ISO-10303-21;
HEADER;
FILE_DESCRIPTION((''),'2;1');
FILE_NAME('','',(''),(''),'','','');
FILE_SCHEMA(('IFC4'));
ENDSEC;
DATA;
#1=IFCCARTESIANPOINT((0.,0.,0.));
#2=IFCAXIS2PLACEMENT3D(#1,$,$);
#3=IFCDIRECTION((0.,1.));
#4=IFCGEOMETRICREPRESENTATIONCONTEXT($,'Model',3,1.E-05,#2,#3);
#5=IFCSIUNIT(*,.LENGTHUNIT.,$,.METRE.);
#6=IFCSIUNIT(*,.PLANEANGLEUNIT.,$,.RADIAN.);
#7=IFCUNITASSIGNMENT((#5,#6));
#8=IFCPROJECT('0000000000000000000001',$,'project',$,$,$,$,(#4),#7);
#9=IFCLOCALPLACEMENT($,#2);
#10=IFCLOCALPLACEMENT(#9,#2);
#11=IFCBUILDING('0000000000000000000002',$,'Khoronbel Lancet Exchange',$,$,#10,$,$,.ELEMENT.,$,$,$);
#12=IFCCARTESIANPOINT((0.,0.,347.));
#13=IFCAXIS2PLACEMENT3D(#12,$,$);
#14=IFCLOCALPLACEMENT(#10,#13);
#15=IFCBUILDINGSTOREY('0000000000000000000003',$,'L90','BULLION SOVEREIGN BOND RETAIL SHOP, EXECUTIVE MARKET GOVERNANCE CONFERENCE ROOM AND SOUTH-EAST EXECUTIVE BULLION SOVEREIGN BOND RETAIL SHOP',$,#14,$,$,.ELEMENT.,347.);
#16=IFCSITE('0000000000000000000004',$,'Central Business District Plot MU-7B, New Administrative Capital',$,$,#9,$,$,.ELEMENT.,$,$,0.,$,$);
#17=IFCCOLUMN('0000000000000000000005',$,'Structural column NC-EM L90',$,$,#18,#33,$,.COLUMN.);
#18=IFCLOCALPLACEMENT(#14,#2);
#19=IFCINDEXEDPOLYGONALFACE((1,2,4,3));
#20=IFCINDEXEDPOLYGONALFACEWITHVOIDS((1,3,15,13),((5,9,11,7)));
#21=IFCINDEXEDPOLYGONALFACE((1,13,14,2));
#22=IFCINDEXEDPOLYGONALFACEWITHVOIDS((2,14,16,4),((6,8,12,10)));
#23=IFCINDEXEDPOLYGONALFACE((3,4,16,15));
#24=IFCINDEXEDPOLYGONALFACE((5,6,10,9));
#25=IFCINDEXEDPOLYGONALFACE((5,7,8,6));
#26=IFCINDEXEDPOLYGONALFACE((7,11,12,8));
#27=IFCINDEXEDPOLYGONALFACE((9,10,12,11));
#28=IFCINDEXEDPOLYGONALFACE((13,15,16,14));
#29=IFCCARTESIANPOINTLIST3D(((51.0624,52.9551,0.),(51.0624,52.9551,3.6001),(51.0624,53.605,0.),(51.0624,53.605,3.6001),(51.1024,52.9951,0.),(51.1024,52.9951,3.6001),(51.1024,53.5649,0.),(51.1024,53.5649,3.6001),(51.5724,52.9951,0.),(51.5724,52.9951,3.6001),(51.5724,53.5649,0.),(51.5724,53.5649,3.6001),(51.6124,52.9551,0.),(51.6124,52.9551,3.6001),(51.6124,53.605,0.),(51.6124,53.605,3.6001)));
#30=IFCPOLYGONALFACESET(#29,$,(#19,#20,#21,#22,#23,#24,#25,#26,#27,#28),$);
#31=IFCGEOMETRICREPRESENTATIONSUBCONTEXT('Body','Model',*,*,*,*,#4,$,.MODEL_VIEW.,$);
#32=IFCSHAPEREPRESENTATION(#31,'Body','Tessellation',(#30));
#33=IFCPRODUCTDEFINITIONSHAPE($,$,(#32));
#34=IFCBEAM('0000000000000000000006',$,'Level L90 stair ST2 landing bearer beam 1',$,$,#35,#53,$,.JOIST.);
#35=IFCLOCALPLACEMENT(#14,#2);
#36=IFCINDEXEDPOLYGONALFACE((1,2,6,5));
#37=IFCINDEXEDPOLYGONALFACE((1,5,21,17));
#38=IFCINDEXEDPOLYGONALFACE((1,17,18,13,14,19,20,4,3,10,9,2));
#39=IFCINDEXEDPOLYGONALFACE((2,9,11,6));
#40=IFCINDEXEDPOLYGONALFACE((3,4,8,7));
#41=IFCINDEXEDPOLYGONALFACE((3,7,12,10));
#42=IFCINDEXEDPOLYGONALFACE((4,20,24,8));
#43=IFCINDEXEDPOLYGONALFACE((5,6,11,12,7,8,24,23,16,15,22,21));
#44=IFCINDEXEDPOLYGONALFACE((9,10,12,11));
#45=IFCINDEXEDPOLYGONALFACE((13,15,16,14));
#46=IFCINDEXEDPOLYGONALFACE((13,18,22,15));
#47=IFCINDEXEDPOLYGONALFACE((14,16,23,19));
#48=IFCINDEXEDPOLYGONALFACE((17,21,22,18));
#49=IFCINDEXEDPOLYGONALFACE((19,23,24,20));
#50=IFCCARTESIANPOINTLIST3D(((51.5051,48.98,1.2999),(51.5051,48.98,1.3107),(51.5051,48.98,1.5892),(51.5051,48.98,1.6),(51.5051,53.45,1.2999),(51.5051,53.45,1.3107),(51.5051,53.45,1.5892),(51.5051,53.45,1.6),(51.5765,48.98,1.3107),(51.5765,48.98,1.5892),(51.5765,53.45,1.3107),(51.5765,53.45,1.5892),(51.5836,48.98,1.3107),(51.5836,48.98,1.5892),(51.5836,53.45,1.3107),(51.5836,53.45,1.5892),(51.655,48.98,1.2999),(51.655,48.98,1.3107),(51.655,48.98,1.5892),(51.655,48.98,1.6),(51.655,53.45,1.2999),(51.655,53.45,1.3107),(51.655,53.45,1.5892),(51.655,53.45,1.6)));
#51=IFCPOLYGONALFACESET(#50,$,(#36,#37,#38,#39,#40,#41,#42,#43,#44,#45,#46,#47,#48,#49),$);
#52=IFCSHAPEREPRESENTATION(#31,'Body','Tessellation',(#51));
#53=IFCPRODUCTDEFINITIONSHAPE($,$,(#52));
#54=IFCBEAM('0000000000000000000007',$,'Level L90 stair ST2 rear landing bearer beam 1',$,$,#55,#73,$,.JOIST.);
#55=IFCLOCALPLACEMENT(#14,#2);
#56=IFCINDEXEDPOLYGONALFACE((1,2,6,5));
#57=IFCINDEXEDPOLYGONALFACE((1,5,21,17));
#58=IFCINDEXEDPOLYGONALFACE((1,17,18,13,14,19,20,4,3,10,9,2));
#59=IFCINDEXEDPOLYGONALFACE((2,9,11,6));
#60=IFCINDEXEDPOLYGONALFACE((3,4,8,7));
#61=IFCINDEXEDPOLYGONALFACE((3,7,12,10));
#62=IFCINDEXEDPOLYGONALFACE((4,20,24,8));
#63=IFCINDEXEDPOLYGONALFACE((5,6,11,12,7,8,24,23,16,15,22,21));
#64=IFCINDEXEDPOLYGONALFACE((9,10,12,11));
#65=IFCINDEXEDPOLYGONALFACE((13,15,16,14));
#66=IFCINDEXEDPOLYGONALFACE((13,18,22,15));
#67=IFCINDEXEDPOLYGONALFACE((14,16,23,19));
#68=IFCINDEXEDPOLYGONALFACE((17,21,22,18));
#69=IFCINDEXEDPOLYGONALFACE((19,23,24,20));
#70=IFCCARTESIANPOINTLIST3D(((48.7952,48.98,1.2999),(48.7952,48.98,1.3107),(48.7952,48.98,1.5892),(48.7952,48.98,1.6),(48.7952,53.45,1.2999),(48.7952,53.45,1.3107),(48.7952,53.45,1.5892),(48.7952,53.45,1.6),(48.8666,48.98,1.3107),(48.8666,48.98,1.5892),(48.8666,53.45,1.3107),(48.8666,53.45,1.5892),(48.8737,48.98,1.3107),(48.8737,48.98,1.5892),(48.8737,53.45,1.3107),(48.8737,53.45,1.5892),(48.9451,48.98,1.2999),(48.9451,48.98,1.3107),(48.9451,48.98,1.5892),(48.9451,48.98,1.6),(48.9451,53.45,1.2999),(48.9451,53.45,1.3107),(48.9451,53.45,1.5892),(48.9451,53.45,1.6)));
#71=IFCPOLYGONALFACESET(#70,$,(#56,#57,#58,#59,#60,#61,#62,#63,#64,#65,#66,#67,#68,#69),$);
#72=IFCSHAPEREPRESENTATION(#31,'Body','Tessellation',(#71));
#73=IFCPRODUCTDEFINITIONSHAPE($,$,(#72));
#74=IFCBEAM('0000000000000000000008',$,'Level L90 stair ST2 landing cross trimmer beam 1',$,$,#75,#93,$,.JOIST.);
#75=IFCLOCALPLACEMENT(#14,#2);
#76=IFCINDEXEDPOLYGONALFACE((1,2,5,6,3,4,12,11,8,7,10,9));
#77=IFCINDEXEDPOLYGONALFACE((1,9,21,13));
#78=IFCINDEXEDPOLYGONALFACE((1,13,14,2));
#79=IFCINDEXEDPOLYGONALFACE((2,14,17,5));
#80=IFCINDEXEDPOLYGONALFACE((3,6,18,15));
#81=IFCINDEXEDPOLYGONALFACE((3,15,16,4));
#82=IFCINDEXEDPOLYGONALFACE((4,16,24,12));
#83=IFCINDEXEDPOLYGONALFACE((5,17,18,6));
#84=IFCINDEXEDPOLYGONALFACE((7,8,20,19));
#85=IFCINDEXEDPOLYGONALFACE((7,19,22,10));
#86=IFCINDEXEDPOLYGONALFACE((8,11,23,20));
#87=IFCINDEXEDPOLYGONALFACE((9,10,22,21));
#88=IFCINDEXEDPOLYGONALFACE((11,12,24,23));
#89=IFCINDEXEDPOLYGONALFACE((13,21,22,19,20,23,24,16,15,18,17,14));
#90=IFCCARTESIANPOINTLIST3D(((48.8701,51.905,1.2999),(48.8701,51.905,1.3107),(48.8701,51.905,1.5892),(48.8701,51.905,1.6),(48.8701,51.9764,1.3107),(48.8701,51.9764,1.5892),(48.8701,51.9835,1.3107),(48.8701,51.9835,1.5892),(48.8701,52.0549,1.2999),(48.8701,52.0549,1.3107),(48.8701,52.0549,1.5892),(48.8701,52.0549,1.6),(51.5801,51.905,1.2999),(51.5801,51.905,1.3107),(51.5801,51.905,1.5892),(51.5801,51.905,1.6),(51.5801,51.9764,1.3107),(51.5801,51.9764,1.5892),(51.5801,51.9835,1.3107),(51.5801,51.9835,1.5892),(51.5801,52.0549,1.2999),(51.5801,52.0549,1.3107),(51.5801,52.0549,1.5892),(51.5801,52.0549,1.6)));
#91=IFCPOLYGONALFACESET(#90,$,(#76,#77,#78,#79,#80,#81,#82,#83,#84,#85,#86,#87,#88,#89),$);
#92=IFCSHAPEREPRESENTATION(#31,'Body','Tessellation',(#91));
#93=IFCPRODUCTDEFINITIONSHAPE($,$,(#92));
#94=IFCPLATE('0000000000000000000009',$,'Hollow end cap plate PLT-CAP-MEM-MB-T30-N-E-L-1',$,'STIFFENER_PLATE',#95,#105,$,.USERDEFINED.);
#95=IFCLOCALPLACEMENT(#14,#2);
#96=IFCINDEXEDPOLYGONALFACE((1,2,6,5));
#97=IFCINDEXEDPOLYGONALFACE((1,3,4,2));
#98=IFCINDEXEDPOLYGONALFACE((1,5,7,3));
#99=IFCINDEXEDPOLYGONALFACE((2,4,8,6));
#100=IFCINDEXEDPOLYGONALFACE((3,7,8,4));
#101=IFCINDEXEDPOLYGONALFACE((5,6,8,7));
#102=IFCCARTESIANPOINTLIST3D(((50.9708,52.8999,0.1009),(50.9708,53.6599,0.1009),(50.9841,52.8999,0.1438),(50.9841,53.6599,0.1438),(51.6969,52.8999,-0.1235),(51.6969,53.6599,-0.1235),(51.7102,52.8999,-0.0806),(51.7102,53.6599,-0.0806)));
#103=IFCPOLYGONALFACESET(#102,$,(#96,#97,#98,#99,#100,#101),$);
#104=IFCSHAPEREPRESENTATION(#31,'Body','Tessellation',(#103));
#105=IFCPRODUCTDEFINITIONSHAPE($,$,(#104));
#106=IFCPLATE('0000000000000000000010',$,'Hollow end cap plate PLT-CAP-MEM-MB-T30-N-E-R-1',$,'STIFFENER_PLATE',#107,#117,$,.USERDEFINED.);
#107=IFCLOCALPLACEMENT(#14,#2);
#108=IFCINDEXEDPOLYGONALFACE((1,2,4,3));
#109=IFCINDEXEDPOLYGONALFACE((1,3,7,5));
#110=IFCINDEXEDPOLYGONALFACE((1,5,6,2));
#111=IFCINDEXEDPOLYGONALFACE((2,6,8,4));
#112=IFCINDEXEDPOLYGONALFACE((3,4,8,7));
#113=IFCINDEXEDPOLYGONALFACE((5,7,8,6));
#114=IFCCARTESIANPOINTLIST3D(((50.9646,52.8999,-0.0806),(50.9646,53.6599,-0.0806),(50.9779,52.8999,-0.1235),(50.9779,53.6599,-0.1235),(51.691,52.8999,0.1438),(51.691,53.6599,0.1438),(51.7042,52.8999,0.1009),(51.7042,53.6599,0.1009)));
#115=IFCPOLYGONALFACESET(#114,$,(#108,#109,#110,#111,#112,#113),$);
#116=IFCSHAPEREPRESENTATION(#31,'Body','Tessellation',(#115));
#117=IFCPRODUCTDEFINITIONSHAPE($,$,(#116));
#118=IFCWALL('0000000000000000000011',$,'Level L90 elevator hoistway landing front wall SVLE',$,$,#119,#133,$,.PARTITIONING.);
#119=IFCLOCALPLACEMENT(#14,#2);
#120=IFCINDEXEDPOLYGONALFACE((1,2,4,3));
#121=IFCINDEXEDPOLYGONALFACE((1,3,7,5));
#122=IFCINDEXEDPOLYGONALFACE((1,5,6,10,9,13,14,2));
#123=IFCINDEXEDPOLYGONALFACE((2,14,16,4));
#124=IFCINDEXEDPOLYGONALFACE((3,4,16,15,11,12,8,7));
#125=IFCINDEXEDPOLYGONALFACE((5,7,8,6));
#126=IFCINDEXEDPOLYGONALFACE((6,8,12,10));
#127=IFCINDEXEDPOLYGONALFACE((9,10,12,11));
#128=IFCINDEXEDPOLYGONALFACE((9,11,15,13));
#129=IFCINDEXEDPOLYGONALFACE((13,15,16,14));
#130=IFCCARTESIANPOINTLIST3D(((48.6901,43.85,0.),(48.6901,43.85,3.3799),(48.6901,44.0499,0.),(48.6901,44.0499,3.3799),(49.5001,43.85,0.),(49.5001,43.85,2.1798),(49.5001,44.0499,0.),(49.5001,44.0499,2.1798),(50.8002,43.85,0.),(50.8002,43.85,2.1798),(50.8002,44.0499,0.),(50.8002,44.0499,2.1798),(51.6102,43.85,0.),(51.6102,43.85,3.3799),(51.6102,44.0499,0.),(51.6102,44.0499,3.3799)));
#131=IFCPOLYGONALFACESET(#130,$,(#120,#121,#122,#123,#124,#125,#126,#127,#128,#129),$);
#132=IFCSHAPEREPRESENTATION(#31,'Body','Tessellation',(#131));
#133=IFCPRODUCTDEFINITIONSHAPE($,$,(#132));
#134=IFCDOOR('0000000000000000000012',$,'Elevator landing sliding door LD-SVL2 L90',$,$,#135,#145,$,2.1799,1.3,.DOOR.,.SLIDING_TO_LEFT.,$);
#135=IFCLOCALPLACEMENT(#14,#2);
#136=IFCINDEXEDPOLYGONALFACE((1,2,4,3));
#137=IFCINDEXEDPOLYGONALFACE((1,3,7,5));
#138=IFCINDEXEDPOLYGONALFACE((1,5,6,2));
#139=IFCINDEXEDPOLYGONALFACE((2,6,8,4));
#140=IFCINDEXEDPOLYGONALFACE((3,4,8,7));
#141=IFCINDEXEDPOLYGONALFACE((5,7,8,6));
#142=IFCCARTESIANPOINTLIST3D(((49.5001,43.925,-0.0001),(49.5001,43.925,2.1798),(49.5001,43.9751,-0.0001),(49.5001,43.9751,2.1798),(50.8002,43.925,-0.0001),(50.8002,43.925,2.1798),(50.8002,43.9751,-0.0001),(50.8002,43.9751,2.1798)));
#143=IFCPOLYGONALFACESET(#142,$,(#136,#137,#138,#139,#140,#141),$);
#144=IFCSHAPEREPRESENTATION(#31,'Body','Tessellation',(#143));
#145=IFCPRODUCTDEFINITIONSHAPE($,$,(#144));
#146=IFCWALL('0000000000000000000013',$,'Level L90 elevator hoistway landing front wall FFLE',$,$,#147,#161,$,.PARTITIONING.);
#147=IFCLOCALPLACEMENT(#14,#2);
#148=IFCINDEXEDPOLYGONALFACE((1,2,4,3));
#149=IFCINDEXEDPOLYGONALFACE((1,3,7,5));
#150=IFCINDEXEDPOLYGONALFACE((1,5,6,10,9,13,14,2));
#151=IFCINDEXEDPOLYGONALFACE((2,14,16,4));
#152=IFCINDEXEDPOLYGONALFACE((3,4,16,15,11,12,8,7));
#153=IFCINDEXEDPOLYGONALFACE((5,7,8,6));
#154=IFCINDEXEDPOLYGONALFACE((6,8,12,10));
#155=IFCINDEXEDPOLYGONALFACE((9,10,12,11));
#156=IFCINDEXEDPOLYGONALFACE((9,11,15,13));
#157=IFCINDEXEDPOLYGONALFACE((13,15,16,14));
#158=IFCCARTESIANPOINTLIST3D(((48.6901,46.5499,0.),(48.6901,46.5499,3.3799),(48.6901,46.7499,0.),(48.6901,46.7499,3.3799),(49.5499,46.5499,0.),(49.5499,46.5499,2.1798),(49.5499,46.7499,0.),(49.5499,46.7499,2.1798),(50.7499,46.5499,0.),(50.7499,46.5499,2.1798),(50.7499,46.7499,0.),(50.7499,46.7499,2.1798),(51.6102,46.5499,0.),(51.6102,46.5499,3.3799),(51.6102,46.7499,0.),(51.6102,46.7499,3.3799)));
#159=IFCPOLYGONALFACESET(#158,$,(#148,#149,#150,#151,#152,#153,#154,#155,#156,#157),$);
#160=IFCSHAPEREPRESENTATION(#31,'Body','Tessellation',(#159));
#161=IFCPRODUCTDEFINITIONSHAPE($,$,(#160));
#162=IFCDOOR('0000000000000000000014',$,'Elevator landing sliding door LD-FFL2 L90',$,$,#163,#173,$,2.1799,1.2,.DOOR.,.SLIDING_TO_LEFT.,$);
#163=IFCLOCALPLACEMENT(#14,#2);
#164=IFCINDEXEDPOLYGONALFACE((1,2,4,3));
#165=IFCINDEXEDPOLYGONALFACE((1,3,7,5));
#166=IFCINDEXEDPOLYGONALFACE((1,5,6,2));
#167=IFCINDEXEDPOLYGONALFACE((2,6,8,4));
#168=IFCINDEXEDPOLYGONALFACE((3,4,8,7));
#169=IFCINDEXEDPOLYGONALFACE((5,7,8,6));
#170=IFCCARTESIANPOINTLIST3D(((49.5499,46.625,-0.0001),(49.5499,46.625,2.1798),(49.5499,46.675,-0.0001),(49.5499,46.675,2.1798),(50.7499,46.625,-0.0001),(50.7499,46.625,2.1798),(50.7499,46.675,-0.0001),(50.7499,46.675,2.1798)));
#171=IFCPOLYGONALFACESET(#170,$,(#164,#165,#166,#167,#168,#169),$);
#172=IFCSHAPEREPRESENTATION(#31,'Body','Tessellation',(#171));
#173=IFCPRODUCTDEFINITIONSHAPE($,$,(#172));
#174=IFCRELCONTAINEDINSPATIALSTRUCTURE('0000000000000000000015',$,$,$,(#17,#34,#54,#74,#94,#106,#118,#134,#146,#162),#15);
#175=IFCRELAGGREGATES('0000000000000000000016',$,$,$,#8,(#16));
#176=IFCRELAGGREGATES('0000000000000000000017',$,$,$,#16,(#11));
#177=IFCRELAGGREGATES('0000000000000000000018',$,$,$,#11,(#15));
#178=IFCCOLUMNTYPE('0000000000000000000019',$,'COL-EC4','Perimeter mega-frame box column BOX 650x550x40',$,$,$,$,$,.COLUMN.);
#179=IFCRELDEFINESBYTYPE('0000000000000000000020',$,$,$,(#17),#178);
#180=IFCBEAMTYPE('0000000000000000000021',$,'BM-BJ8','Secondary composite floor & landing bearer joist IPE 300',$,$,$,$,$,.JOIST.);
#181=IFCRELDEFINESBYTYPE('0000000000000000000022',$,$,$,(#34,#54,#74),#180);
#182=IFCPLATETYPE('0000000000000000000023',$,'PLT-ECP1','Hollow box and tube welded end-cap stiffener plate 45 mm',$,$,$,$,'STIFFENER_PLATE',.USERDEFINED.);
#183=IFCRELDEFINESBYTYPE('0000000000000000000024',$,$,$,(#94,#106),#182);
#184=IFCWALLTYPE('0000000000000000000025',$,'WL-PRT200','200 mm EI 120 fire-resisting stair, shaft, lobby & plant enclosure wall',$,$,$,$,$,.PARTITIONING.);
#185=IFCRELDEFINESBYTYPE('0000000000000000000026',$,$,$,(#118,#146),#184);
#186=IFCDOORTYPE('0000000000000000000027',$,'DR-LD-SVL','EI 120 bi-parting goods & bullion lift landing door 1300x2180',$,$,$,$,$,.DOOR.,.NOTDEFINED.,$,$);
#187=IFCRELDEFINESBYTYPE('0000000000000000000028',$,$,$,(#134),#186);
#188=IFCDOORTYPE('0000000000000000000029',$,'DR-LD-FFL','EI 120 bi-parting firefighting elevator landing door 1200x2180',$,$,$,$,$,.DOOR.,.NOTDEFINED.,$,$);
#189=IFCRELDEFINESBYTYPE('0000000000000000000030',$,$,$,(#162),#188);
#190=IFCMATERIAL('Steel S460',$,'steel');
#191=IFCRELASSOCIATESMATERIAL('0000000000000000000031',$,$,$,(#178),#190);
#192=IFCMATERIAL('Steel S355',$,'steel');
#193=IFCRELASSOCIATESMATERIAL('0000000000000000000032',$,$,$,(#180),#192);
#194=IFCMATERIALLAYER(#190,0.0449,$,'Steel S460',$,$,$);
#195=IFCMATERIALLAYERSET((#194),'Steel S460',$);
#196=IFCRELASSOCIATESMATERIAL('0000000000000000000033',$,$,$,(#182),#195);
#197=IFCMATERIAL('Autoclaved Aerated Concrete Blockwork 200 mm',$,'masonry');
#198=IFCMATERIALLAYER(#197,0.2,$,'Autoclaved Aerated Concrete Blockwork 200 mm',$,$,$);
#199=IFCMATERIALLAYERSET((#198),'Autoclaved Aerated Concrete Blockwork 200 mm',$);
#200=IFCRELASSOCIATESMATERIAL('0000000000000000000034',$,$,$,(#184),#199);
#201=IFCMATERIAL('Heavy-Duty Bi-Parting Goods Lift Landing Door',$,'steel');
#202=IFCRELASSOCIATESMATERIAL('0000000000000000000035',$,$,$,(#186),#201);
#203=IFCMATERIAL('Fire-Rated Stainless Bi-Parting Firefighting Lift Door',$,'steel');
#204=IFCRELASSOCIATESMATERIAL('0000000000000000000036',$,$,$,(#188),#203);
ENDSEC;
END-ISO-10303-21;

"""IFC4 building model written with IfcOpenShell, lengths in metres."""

from ifc_helpers import new_model, si_unit, direction, frame, frame_2d, origin, origin_2d, place, context, subcontext, project, spatial, polyline, rectangle, hollow_rectangle, i_section, outline, extrude, material, layer, layer_set, material_profile, profile_set, type_object, element, fill, save


model = new_model("IFC4")

# Units and contexts
model_context = context("Model", 3, precision=1e-05, world=origin(), true_north=direction((0.0, 1.0)))
body_context = subcontext(model_context, "Body", "Model", "MODEL_VIEW")
ifc_project = project(units=[si_unit("LENGTHUNIT", "METRE"), si_unit("PLANEANGLEUNIT", "RADIAN")], contexts=[model_context])

# Site, building, storey
site_placement = place(None, origin())
site = spatial("IfcSite", under=ifc_project, at=site_placement, Name="Central Business District Plot MU-7B, New Administrative Capital", CompositionType="ELEMENT", RefElevation=0.0)
building_placement = place(site_placement, origin())
building = spatial("IfcBuilding", under=site, at=building_placement, Name="Khoronbel Lancet Exchange", CompositionType="ELEMENT")
storey_placement = place(building_placement, frame((0.0, 0.0, 347.0)))
storey = spatial("IfcBuildingStorey", under=building, at=storey_placement, Name="L90", Description="BULLION SOVEREIGN BOND RETAIL SHOP, EXECUTIVE MARKET GOVERNANCE CONFERENCE ROOM AND SOUTH-EAST EXECUTIVE BULLION SOVEREIGN BOND RETAIL SHOP", CompositionType="ELEMENT", Elevation=347.0)

# Column
ifc_material_1 = material(Name="Steel S460", Category="steel")
ifc_material_profile_1 = material_profile(ifc_material_1, hollow_rectangle(XDim=0.55, YDim=0.6499, WallThickness=0.04, at=origin_2d()), Name="BOX 650x550x40")
ifc_profile_set_1 = profile_set([ifc_material_profile_1], Name="Steel S460")
column_type = type_object("IfcColumnType", Name="COL-EC4", Description="Perimeter mega-frame box column BOX 650x550x40", PredefinedType="COLUMN", material=ifc_profile_set_1)
column_placement = place(storey_placement, frame((51.3374, 53.28, 0.0), z_axis=(0.0, 0.0, 1.0), x_axis=(1.0, 0.0, 0.0)))
element("IfcColumn", 1, at=column_placement, inside=storey, type_object=column_type, Name="Structural column NC-EM L90", PredefinedType="COLUMN", context=body_context, shape_type="SweptSolid", body=[
    extrude(hollow_rectangle(XDim=0.55, YDim=0.6499, WallThickness=0.04, at=origin_2d()), origin(), (0.0, 0.0, 1.0), 3.6001),
])

# Beams
ifc_material_2 = material(Name="Steel S355", Category="steel")
ifc_material_profile_2 = material_profile(ifc_material_2, i_section(OverallWidth=0.1499, OverallDepth=0.3, WebThickness=0.0071, FlangeThickness=0.0107, at=origin_2d()), Name="IPE 300")
ifc_profile_set_2 = profile_set([ifc_material_profile_2], Name="Steel S355")
beam_type = type_object("IfcBeamType", Name="BM-BJ8", Description="Secondary composite floor & landing bearer joist IPE 300", PredefinedType="JOIST", material=ifc_profile_set_2)
for number, where, z_axis, x_axis, name in (
    (2, (51.5801, 48.98, 1.45), (0.0, 1.0, 0.0), (-1.0, 0.0, 0.0), "Level L90 stair ST2 landing bearer beam 1"),
    (3, (48.8701, 48.98, 1.45), (0.0, 1.0, 0.0), (-1.0, 0.0, 0.0), "Level L90 stair ST2 rear landing bearer beam 1"),
):
    element("IfcBeam", number, at=place(storey_placement, frame(where, z_axis=z_axis, x_axis=x_axis)), inside=storey, type_object=beam_type, Name=name, PredefinedType="JOIST", context=body_context, shape_type="SweptSolid", body=[
        extrude(i_section(OverallWidth=0.1499, OverallDepth=0.3, WebThickness=0.0071, FlangeThickness=0.0107, at=origin_2d()), origin(), (0.0, 0.0, 1.0), 4.47),
    ])
beam_placement = place(storey_placement, frame((48.8701, 51.98, 1.45), z_axis=(1.0, 0.0, 0.0), x_axis=(0.0, 1.0, 0.0)))
element("IfcBeam", 4, at=beam_placement, inside=storey, type_object=beam_type, Name="Level L90 stair ST2 landing cross trimmer beam 1", PredefinedType="JOIST", context=body_context, shape_type="SweptSolid", body=[
    extrude(i_section(OverallWidth=0.1499, OverallDepth=0.3, WebThickness=0.0071, FlangeThickness=0.0107, at=origin_2d()), origin(), (0.0, 0.0, 1.0), 2.71),
])

# Plates
ifc_layer_1 = layer(ifc_material_1, 0.0449, Name="Steel S460")
ifc_layer_set_1 = layer_set([ifc_layer_1], Name="Steel S460")
plate_type = type_object("IfcPlateType", Name="PLT-ECP1", Description="Hollow box and tube welded end-cap stiffener plate 45 mm", ElementType="STIFFENER_PLATE", PredefinedType="USERDEFINED", material=ifc_layer_set_1)
plate_1_placement = place(storey_placement, frame((51.7102, 52.8999, -0.0806), z_axis=(0.295237, 0.0, 0.955424), x_axis=(0.0, 1.0, 0.0)))
element("IfcPlate", 5, at=plate_1_placement, inside=storey, type_object=plate_type, Name="Hollow end cap plate PLT-CAP-MEM-MB-T30-N-E-L-1", ObjectType="STIFFENER_PLATE", PredefinedType="USERDEFINED", context=body_context, shape_type="SweptSolid", body=[
    extrude(outline(polyline([(0.0, 0.0), (0.76, 0.0), (0.76, 0.76), (0.0, 0.76), (0.0, 0.0)])), origin(), (0.0, 0.0, -1.0), 0.0449),
])
plate_2_placement = place(storey_placement, frame((50.9646, 53.6599, -0.0806), z_axis=(-0.295146, 0.0, 0.955452), x_axis=(0.0, -1.0, 0.0)))
element("IfcPlate", 6, at=plate_2_placement, inside=storey, type_object=plate_type, Name="Hollow end cap plate PLT-CAP-MEM-MB-T30-N-E-R-1", ObjectType="STIFFENER_PLATE", PredefinedType="USERDEFINED", context=body_context, shape_type="SweptSolid", body=[
    extrude(outline(polyline([(0.0, 0.0), (0.76, 0.0), (0.76, 0.7603), (0.0, 0.7603), (0.0, 0.0)])), origin(), (0.0, 0.0, -1.0), 0.0449),
])

# Walls, openings, doors
ifc_material_3 = material(Name="Autoclaved Aerated Concrete Blockwork 200 mm", Category="masonry")
ifc_layer_2 = layer(ifc_material_3, 0.2, Name="Autoclaved Aerated Concrete Blockwork 200 mm")
ifc_layer_set_2 = layer_set([ifc_layer_2], Name="Autoclaved Aerated Concrete Blockwork 200 mm")
wall_type_1 = type_object("IfcWallType", Name="WL-PRT200", Description="200 mm EI 120 fire-resisting stair, shaft, lobby & plant enclosure wall", PredefinedType="PARTITIONING", material=ifc_layer_set_2)
wall_1_placement = place(storey_placement, frame((51.6101, 43.95, 0.0), z_axis=(0.0, 0.0, 1.0), x_axis=(-1.0, 0.0, 0.0)))
wall_1 = element("IfcWall", 7, at=wall_1_placement, inside=storey, type_object=wall_type_1, Name="Level L90 elevator hoistway landing front wall SVLE", PredefinedType="PARTITIONING", context=body_context, shape_type="SweptSolid", body=[
    extrude(rectangle(XDim=2.9202, YDim=0.2, at=frame_2d((1.46, 0.0))), origin(), (0.0, 0.0, 1.0), 3.3799),
])
opening_1_placement = place(wall_1_placement, frame((0.8101, 0.0, 0.0)))
opening_1 = element("IfcOpeningElement", 8, at=opening_1_placement, cuts=wall_1, PredefinedType="OPENING", context=body_context, shape_type="SweptSolid", body=[
    extrude(rectangle(XDim=1.3, YDim=2.1799, at=frame_2d((0.6499, 1.0898))), frame((0.0, 0.1099, 0.0), z_axis=(0.0, -1.0, 0.0), x_axis=(1.0, 0.0, 0.0)), (0.0, 0.0, 1.0), 0.22),
])
ifc_material_4 = material(Name="Heavy-Duty Bi-Parting Goods Lift Landing Door", Category="steel")
door_type_1 = type_object("IfcDoorType", Name="DR-LD-SVL", Description="EI 120 bi-parting goods & bullion lift landing door 1300x2180", OperationType="NOTDEFINED", PredefinedType="DOOR", material=ifc_material_4)
door_1_placement = place(opening_1_placement, origin())
door_1 = element("IfcDoor", 9, at=door_1_placement, inside=storey, type_object=door_type_1, Name="Elevator landing sliding door LD-SVL2 L90", OperationType="SLIDING_TO_LEFT", OverallHeight=2.1799, OverallWidth=1.3, PredefinedType="DOOR", context=body_context, shape_type="SweptSolid", body=[
    extrude(rectangle(XDim=1.3, YDim=2.1799, at=frame_2d((0.6499, 1.0898))), frame((0.0, 0.0249, 0.0), z_axis=(0.0, -1.0, 0.0), x_axis=(1.0, 0.0, 0.0)), (0.0, 0.0, 1.0), 0.05),
])
fill(opening_1, door_1)
wall_2_placement = place(storey_placement, frame((51.6101, 46.6499, 0.0), z_axis=(0.0, 0.0, 1.0), x_axis=(-1.0, 0.0, 0.0)))
wall_2 = element("IfcWall", 10, at=wall_2_placement, inside=storey, type_object=wall_type_1, Name="Level L90 elevator hoistway landing front wall FFLE", PredefinedType="PARTITIONING", context=body_context, shape_type="SweptSolid", body=[
    extrude(rectangle(XDim=2.9202, YDim=0.2, at=frame_2d((1.46, 0.0))), origin(), (0.0, 0.0, 1.0), 3.3799),
])
opening_2_placement = place(wall_2_placement, frame((0.8601, 0.0, 0.0)))
opening_2 = element("IfcOpeningElement", 11, at=opening_2_placement, cuts=wall_2, PredefinedType="OPENING", context=body_context, shape_type="SweptSolid", body=[
    extrude(rectangle(XDim=1.2, YDim=2.1799, at=frame_2d((0.6001, 1.0898))), frame((0.0, 0.1099, 0.0), z_axis=(0.0, -1.0, 0.0), x_axis=(1.0, 0.0, 0.0)), (0.0, 0.0, 1.0), 0.22),
])
ifc_material_5 = material(Name="Fire-Rated Stainless Bi-Parting Firefighting Lift Door", Category="steel")
door_type_2 = type_object("IfcDoorType", Name="DR-LD-FFL", Description="EI 120 bi-parting firefighting elevator landing door 1200x2180", OperationType="NOTDEFINED", PredefinedType="DOOR", material=ifc_material_5)
door_2_placement = place(opening_2_placement, origin())
door_2 = element("IfcDoor", 12, at=door_2_placement, inside=storey, type_object=door_type_2, Name="Elevator landing sliding door LD-FFL2 L90", OperationType="SLIDING_TO_LEFT", OverallHeight=2.1799, OverallWidth=1.2, PredefinedType="DOOR", context=body_context, shape_type="SweptSolid", body=[
    extrude(rectangle(XDim=1.2, YDim=2.1799, at=frame_2d((0.6001, 1.0898))), frame((0.0, 0.0249, 0.0), z_axis=(0.0, -1.0, 0.0), x_axis=(1.0, 0.0, 0.0)), (0.0, 0.0, 1.0), 0.05),
])
fill(opening_2, door_2)

save(model, "model.ifc")
